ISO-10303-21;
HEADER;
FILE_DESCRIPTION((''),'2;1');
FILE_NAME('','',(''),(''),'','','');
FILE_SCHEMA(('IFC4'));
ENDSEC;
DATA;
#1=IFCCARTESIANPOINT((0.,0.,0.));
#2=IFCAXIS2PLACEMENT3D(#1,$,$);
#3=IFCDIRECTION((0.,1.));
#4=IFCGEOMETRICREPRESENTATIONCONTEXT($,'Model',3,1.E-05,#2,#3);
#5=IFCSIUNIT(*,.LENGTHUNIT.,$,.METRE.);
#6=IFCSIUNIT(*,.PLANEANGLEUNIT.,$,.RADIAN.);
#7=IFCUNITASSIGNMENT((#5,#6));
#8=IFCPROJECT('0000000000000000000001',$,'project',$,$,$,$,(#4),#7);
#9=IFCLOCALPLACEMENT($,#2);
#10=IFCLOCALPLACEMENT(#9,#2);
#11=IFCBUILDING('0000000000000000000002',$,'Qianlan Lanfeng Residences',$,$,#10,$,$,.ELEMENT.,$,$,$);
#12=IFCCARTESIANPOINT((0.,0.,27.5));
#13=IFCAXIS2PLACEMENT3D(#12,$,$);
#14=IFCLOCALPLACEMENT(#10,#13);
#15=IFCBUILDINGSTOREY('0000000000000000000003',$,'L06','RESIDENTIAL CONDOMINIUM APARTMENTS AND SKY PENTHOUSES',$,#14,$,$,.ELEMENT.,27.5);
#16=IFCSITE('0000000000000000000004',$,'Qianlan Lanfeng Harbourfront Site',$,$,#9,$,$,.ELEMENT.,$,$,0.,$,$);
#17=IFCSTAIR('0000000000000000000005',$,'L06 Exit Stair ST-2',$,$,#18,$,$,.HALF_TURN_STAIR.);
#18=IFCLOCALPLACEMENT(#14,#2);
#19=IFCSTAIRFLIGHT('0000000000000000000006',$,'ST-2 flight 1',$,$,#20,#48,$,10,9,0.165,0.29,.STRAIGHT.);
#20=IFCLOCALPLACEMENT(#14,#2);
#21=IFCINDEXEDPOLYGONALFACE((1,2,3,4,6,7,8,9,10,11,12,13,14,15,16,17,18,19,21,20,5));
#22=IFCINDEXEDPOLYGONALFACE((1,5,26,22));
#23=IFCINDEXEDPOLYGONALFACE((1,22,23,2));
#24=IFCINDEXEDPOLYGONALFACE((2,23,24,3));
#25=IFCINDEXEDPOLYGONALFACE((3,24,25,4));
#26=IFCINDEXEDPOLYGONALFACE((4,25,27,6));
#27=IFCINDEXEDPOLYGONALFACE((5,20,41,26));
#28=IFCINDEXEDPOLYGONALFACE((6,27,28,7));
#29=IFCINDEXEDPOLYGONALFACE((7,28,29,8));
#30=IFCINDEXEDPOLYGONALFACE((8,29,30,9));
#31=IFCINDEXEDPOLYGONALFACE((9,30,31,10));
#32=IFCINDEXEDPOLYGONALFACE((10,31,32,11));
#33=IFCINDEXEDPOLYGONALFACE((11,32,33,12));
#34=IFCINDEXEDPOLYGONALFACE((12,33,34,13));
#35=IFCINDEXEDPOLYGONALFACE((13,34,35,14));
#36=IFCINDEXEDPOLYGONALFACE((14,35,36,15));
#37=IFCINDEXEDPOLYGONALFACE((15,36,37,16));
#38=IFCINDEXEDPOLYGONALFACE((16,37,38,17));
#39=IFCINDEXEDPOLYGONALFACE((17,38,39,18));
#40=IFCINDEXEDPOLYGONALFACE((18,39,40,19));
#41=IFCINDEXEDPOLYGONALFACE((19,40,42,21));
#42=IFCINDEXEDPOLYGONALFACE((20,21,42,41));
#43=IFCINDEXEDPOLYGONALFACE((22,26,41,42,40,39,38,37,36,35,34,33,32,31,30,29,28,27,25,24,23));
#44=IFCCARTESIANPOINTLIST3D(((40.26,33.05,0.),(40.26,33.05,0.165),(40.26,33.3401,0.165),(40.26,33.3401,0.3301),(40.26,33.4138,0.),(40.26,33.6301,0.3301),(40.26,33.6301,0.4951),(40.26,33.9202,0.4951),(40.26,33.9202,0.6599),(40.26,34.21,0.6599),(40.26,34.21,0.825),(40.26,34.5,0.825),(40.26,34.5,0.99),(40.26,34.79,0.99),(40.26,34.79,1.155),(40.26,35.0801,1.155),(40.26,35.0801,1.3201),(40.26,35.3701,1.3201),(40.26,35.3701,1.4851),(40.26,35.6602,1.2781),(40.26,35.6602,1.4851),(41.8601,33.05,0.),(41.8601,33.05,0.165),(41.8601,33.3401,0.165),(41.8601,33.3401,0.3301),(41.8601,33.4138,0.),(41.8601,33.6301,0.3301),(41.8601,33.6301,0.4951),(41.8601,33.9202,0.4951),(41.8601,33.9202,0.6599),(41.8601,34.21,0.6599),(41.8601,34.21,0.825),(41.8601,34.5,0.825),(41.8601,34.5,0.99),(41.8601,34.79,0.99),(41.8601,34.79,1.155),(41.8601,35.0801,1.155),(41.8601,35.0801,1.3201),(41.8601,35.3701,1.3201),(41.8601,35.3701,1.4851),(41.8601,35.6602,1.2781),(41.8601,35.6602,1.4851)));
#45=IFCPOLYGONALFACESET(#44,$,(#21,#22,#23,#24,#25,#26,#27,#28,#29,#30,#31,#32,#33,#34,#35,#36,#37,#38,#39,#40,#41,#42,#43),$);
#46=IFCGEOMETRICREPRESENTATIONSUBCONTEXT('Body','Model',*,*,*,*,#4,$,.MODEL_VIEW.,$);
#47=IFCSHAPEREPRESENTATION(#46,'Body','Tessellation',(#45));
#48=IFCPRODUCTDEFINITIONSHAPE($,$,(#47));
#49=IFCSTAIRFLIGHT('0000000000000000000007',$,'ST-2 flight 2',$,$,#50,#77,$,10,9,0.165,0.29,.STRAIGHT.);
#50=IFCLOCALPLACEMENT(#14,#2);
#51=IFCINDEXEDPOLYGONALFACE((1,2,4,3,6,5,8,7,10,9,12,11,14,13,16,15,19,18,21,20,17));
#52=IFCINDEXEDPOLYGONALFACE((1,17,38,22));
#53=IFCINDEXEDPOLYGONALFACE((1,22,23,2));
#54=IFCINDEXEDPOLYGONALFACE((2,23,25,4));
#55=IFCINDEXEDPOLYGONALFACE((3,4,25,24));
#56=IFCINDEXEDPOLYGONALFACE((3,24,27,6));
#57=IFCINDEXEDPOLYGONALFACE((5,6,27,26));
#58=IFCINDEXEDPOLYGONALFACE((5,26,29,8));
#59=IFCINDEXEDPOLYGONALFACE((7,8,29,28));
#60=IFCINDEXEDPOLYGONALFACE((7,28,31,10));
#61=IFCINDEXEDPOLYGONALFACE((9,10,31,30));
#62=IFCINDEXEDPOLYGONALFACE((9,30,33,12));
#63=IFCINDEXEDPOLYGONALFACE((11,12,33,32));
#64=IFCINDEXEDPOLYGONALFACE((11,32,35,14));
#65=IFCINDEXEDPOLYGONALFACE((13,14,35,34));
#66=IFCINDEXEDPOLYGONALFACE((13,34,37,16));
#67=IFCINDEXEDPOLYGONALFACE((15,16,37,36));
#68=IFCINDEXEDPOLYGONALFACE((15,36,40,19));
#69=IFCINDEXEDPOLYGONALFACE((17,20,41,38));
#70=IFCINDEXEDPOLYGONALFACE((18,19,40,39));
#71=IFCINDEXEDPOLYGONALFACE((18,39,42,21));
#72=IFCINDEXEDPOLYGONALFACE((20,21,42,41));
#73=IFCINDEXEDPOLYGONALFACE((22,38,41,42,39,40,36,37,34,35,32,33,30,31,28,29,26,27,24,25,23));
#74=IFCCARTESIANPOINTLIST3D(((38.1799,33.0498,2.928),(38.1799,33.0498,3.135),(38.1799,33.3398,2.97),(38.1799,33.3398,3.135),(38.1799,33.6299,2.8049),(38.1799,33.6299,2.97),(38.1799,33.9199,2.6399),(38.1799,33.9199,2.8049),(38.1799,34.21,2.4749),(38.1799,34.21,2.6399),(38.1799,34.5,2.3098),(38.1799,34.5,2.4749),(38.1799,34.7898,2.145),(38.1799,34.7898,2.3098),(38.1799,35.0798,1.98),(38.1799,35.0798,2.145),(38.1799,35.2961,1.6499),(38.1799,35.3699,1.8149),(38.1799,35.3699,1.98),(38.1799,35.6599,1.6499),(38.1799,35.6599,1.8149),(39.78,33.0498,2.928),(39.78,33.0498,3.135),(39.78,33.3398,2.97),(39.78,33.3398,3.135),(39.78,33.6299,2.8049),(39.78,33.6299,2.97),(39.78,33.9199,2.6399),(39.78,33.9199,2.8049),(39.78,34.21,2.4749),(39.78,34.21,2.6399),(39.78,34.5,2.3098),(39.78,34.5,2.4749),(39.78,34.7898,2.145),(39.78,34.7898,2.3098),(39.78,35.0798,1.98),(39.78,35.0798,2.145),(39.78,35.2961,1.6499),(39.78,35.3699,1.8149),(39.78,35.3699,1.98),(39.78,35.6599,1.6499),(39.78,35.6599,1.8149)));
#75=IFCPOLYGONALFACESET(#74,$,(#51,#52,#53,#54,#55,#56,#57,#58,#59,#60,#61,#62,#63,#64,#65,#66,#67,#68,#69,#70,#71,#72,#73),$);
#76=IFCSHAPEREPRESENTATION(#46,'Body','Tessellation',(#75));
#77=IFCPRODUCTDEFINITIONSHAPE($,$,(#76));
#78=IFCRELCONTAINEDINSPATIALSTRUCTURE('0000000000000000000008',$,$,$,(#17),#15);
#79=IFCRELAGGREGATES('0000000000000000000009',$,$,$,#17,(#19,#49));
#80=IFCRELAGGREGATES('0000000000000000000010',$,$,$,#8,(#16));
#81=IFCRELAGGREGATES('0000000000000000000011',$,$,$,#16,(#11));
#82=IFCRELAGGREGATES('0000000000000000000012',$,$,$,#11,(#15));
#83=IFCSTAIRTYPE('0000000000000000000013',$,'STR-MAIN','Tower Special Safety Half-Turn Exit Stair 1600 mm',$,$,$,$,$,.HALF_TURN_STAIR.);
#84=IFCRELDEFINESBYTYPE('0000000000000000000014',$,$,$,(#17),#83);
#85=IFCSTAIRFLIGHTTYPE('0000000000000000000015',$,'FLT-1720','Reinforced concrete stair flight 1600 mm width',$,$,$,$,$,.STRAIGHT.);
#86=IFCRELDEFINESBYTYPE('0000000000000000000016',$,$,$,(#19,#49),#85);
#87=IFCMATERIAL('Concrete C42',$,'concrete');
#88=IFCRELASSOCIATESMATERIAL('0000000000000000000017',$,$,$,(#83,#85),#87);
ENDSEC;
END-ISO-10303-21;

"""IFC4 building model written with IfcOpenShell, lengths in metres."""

from ifc_helpers import new_model, si_unit, direction, frame, origin, place, context, subcontext, project, spatial, polyline, outline, extrude, material, type_object, element, aggregate, save


model = new_model("IFC4")

# Units and contexts
model_context = context("Model", 3, precision=1e-05, world=origin(), true_north=direction((0.0, 1.0)))
body_context = subcontext(model_context, "Body", "Model", "MODEL_VIEW")
ifc_project = project(units=[si_unit("LENGTHUNIT", "METRE"), si_unit("PLANEANGLEUNIT", "RADIAN")], contexts=[model_context])

# Site, building, storey
site_placement = place(None, origin())
site = spatial("IfcSite", under=ifc_project, at=site_placement, Name="Qianlan Lanfeng Harbourfront Site", CompositionType="ELEMENT", RefElevation=0.0)
building_placement = place(site_placement, origin())
building = spatial("IfcBuilding", under=site, at=building_placement, Name="Qianlan Lanfeng Residences", CompositionType="ELEMENT")
storey_placement = place(building_placement, frame((0.0, 0.0, 27.5)))
storey = spatial("IfcBuildingStorey", under=building, at=storey_placement, Name="L06", Description="RESIDENTIAL CONDOMINIUM APARTMENTS AND SKY PENTHOUSES", CompositionType="ELEMENT", Elevation=27.5)

# Shared definitions
ifc_material_1 = material(Name="Concrete C42", Category="concrete")

# Stair, stair flights
stair_type = type_object("IfcStairType", Name="STR-MAIN", Description="Tower Special Safety Half-Turn Exit Stair 1600 mm", PredefinedType="HALF_TURN_STAIR", material=ifc_material_1)
stair_placement = place(storey_placement, origin())
stair = element("IfcStair", 1, at=stair_placement, inside=storey, type_object=stair_type, Name="L06 Exit Stair ST-2", PredefinedType="HALF_TURN_STAIR")
stair_flight_type = type_object("IfcStairFlightType", Name="FLT-1720", Description="Reinforced concrete stair flight 1600 mm width", PredefinedType="STRAIGHT", material=ifc_material_1)
stair_flight_1_placement = place(storey_placement, frame((41.0601, 33.05, 0.0), z_axis=(0.0, 0.0, 1.0), x_axis=(0.0, 1.0, 0.0)))
stair_flight_1 = element("IfcStairFlight", 2, at=stair_flight_1_placement, type_object=stair_flight_type, Name="ST-2 flight 1", NumberOfRisers=10, NumberOfTreads=9, PredefinedType="STRAIGHT", RiserHeight=0.165, TreadLength=0.29, context=body_context, shape_type="SweptSolid", body=[
    extrude(outline(polyline([(0.0, 0.0), (0.0, 0.165), (0.29, 0.165), (0.29, 0.3301), (0.5801, 0.3301), (0.5801, 0.4951), (0.8701, 0.4951), (0.8701, 0.6599), (1.1599, 0.6599), (1.1599, 0.825), (1.45, 0.825), (1.45, 0.99), (1.74, 0.99), (1.74, 1.155), (2.03, 1.155), (2.03, 1.3201), (2.3201, 1.3201), (2.3201, 1.4851), (2.6101, 1.4851), (2.6101, 1.6499), (2.6101, 1.2781), (0.3638, 0.0), (0.0, 0.0)])), frame((0.0, 0.8, 0.0), z_axis=(0.0, -1.0, 0.0), x_axis=(1.0, 0.0, 0.0)), (0.0, 0.0, 1.0), 1.6001),
])
stair_flight_2_placement = place(storey_placement, frame((38.98, 35.6599, 1.6499), z_axis=(0.0, 0.0, 1.0), x_axis=(0.0, -1.0, 0.0)))
stair_flight_2 = element("IfcStairFlight", 3, at=stair_flight_2_placement, type_object=stair_flight_type, Name="ST-2 flight 2", NumberOfRisers=10, NumberOfTreads=9, PredefinedType="STRAIGHT", RiserHeight=0.165, TreadLength=0.29, context=body_context, shape_type="SweptSolid", body=[
    extrude(outline(polyline([(0.0, 0.0), (0.0, 0.165), (0.29, 0.165), (0.29, 0.3301), (0.5801, 0.3301), (0.5801, 0.4951), (0.8701, 0.4951), (0.8701, 0.6599), (1.1599, 0.6599), (1.1599, 0.825), (1.45, 0.825), (1.45, 0.99), (1.74, 0.99), (1.74, 1.155), (2.03, 1.155), (2.03, 1.3201), (2.3201, 1.3201), (2.3201, 1.4851), (2.6101, 1.4851), (2.6101, 1.6499), (2.6101, 1.2781), (0.3638, 0.0), (0.0, 0.0)])), frame((0.0, 0.8, 0.0), z_axis=(0.0, -1.0, 0.0), x_axis=(1.0, 0.0, 0.0)), (0.0, 0.0, 1.0), 1.6001),
])
aggregate(stair, [stair_flight_1, stair_flight_2])

save(model, "model.ifc")
